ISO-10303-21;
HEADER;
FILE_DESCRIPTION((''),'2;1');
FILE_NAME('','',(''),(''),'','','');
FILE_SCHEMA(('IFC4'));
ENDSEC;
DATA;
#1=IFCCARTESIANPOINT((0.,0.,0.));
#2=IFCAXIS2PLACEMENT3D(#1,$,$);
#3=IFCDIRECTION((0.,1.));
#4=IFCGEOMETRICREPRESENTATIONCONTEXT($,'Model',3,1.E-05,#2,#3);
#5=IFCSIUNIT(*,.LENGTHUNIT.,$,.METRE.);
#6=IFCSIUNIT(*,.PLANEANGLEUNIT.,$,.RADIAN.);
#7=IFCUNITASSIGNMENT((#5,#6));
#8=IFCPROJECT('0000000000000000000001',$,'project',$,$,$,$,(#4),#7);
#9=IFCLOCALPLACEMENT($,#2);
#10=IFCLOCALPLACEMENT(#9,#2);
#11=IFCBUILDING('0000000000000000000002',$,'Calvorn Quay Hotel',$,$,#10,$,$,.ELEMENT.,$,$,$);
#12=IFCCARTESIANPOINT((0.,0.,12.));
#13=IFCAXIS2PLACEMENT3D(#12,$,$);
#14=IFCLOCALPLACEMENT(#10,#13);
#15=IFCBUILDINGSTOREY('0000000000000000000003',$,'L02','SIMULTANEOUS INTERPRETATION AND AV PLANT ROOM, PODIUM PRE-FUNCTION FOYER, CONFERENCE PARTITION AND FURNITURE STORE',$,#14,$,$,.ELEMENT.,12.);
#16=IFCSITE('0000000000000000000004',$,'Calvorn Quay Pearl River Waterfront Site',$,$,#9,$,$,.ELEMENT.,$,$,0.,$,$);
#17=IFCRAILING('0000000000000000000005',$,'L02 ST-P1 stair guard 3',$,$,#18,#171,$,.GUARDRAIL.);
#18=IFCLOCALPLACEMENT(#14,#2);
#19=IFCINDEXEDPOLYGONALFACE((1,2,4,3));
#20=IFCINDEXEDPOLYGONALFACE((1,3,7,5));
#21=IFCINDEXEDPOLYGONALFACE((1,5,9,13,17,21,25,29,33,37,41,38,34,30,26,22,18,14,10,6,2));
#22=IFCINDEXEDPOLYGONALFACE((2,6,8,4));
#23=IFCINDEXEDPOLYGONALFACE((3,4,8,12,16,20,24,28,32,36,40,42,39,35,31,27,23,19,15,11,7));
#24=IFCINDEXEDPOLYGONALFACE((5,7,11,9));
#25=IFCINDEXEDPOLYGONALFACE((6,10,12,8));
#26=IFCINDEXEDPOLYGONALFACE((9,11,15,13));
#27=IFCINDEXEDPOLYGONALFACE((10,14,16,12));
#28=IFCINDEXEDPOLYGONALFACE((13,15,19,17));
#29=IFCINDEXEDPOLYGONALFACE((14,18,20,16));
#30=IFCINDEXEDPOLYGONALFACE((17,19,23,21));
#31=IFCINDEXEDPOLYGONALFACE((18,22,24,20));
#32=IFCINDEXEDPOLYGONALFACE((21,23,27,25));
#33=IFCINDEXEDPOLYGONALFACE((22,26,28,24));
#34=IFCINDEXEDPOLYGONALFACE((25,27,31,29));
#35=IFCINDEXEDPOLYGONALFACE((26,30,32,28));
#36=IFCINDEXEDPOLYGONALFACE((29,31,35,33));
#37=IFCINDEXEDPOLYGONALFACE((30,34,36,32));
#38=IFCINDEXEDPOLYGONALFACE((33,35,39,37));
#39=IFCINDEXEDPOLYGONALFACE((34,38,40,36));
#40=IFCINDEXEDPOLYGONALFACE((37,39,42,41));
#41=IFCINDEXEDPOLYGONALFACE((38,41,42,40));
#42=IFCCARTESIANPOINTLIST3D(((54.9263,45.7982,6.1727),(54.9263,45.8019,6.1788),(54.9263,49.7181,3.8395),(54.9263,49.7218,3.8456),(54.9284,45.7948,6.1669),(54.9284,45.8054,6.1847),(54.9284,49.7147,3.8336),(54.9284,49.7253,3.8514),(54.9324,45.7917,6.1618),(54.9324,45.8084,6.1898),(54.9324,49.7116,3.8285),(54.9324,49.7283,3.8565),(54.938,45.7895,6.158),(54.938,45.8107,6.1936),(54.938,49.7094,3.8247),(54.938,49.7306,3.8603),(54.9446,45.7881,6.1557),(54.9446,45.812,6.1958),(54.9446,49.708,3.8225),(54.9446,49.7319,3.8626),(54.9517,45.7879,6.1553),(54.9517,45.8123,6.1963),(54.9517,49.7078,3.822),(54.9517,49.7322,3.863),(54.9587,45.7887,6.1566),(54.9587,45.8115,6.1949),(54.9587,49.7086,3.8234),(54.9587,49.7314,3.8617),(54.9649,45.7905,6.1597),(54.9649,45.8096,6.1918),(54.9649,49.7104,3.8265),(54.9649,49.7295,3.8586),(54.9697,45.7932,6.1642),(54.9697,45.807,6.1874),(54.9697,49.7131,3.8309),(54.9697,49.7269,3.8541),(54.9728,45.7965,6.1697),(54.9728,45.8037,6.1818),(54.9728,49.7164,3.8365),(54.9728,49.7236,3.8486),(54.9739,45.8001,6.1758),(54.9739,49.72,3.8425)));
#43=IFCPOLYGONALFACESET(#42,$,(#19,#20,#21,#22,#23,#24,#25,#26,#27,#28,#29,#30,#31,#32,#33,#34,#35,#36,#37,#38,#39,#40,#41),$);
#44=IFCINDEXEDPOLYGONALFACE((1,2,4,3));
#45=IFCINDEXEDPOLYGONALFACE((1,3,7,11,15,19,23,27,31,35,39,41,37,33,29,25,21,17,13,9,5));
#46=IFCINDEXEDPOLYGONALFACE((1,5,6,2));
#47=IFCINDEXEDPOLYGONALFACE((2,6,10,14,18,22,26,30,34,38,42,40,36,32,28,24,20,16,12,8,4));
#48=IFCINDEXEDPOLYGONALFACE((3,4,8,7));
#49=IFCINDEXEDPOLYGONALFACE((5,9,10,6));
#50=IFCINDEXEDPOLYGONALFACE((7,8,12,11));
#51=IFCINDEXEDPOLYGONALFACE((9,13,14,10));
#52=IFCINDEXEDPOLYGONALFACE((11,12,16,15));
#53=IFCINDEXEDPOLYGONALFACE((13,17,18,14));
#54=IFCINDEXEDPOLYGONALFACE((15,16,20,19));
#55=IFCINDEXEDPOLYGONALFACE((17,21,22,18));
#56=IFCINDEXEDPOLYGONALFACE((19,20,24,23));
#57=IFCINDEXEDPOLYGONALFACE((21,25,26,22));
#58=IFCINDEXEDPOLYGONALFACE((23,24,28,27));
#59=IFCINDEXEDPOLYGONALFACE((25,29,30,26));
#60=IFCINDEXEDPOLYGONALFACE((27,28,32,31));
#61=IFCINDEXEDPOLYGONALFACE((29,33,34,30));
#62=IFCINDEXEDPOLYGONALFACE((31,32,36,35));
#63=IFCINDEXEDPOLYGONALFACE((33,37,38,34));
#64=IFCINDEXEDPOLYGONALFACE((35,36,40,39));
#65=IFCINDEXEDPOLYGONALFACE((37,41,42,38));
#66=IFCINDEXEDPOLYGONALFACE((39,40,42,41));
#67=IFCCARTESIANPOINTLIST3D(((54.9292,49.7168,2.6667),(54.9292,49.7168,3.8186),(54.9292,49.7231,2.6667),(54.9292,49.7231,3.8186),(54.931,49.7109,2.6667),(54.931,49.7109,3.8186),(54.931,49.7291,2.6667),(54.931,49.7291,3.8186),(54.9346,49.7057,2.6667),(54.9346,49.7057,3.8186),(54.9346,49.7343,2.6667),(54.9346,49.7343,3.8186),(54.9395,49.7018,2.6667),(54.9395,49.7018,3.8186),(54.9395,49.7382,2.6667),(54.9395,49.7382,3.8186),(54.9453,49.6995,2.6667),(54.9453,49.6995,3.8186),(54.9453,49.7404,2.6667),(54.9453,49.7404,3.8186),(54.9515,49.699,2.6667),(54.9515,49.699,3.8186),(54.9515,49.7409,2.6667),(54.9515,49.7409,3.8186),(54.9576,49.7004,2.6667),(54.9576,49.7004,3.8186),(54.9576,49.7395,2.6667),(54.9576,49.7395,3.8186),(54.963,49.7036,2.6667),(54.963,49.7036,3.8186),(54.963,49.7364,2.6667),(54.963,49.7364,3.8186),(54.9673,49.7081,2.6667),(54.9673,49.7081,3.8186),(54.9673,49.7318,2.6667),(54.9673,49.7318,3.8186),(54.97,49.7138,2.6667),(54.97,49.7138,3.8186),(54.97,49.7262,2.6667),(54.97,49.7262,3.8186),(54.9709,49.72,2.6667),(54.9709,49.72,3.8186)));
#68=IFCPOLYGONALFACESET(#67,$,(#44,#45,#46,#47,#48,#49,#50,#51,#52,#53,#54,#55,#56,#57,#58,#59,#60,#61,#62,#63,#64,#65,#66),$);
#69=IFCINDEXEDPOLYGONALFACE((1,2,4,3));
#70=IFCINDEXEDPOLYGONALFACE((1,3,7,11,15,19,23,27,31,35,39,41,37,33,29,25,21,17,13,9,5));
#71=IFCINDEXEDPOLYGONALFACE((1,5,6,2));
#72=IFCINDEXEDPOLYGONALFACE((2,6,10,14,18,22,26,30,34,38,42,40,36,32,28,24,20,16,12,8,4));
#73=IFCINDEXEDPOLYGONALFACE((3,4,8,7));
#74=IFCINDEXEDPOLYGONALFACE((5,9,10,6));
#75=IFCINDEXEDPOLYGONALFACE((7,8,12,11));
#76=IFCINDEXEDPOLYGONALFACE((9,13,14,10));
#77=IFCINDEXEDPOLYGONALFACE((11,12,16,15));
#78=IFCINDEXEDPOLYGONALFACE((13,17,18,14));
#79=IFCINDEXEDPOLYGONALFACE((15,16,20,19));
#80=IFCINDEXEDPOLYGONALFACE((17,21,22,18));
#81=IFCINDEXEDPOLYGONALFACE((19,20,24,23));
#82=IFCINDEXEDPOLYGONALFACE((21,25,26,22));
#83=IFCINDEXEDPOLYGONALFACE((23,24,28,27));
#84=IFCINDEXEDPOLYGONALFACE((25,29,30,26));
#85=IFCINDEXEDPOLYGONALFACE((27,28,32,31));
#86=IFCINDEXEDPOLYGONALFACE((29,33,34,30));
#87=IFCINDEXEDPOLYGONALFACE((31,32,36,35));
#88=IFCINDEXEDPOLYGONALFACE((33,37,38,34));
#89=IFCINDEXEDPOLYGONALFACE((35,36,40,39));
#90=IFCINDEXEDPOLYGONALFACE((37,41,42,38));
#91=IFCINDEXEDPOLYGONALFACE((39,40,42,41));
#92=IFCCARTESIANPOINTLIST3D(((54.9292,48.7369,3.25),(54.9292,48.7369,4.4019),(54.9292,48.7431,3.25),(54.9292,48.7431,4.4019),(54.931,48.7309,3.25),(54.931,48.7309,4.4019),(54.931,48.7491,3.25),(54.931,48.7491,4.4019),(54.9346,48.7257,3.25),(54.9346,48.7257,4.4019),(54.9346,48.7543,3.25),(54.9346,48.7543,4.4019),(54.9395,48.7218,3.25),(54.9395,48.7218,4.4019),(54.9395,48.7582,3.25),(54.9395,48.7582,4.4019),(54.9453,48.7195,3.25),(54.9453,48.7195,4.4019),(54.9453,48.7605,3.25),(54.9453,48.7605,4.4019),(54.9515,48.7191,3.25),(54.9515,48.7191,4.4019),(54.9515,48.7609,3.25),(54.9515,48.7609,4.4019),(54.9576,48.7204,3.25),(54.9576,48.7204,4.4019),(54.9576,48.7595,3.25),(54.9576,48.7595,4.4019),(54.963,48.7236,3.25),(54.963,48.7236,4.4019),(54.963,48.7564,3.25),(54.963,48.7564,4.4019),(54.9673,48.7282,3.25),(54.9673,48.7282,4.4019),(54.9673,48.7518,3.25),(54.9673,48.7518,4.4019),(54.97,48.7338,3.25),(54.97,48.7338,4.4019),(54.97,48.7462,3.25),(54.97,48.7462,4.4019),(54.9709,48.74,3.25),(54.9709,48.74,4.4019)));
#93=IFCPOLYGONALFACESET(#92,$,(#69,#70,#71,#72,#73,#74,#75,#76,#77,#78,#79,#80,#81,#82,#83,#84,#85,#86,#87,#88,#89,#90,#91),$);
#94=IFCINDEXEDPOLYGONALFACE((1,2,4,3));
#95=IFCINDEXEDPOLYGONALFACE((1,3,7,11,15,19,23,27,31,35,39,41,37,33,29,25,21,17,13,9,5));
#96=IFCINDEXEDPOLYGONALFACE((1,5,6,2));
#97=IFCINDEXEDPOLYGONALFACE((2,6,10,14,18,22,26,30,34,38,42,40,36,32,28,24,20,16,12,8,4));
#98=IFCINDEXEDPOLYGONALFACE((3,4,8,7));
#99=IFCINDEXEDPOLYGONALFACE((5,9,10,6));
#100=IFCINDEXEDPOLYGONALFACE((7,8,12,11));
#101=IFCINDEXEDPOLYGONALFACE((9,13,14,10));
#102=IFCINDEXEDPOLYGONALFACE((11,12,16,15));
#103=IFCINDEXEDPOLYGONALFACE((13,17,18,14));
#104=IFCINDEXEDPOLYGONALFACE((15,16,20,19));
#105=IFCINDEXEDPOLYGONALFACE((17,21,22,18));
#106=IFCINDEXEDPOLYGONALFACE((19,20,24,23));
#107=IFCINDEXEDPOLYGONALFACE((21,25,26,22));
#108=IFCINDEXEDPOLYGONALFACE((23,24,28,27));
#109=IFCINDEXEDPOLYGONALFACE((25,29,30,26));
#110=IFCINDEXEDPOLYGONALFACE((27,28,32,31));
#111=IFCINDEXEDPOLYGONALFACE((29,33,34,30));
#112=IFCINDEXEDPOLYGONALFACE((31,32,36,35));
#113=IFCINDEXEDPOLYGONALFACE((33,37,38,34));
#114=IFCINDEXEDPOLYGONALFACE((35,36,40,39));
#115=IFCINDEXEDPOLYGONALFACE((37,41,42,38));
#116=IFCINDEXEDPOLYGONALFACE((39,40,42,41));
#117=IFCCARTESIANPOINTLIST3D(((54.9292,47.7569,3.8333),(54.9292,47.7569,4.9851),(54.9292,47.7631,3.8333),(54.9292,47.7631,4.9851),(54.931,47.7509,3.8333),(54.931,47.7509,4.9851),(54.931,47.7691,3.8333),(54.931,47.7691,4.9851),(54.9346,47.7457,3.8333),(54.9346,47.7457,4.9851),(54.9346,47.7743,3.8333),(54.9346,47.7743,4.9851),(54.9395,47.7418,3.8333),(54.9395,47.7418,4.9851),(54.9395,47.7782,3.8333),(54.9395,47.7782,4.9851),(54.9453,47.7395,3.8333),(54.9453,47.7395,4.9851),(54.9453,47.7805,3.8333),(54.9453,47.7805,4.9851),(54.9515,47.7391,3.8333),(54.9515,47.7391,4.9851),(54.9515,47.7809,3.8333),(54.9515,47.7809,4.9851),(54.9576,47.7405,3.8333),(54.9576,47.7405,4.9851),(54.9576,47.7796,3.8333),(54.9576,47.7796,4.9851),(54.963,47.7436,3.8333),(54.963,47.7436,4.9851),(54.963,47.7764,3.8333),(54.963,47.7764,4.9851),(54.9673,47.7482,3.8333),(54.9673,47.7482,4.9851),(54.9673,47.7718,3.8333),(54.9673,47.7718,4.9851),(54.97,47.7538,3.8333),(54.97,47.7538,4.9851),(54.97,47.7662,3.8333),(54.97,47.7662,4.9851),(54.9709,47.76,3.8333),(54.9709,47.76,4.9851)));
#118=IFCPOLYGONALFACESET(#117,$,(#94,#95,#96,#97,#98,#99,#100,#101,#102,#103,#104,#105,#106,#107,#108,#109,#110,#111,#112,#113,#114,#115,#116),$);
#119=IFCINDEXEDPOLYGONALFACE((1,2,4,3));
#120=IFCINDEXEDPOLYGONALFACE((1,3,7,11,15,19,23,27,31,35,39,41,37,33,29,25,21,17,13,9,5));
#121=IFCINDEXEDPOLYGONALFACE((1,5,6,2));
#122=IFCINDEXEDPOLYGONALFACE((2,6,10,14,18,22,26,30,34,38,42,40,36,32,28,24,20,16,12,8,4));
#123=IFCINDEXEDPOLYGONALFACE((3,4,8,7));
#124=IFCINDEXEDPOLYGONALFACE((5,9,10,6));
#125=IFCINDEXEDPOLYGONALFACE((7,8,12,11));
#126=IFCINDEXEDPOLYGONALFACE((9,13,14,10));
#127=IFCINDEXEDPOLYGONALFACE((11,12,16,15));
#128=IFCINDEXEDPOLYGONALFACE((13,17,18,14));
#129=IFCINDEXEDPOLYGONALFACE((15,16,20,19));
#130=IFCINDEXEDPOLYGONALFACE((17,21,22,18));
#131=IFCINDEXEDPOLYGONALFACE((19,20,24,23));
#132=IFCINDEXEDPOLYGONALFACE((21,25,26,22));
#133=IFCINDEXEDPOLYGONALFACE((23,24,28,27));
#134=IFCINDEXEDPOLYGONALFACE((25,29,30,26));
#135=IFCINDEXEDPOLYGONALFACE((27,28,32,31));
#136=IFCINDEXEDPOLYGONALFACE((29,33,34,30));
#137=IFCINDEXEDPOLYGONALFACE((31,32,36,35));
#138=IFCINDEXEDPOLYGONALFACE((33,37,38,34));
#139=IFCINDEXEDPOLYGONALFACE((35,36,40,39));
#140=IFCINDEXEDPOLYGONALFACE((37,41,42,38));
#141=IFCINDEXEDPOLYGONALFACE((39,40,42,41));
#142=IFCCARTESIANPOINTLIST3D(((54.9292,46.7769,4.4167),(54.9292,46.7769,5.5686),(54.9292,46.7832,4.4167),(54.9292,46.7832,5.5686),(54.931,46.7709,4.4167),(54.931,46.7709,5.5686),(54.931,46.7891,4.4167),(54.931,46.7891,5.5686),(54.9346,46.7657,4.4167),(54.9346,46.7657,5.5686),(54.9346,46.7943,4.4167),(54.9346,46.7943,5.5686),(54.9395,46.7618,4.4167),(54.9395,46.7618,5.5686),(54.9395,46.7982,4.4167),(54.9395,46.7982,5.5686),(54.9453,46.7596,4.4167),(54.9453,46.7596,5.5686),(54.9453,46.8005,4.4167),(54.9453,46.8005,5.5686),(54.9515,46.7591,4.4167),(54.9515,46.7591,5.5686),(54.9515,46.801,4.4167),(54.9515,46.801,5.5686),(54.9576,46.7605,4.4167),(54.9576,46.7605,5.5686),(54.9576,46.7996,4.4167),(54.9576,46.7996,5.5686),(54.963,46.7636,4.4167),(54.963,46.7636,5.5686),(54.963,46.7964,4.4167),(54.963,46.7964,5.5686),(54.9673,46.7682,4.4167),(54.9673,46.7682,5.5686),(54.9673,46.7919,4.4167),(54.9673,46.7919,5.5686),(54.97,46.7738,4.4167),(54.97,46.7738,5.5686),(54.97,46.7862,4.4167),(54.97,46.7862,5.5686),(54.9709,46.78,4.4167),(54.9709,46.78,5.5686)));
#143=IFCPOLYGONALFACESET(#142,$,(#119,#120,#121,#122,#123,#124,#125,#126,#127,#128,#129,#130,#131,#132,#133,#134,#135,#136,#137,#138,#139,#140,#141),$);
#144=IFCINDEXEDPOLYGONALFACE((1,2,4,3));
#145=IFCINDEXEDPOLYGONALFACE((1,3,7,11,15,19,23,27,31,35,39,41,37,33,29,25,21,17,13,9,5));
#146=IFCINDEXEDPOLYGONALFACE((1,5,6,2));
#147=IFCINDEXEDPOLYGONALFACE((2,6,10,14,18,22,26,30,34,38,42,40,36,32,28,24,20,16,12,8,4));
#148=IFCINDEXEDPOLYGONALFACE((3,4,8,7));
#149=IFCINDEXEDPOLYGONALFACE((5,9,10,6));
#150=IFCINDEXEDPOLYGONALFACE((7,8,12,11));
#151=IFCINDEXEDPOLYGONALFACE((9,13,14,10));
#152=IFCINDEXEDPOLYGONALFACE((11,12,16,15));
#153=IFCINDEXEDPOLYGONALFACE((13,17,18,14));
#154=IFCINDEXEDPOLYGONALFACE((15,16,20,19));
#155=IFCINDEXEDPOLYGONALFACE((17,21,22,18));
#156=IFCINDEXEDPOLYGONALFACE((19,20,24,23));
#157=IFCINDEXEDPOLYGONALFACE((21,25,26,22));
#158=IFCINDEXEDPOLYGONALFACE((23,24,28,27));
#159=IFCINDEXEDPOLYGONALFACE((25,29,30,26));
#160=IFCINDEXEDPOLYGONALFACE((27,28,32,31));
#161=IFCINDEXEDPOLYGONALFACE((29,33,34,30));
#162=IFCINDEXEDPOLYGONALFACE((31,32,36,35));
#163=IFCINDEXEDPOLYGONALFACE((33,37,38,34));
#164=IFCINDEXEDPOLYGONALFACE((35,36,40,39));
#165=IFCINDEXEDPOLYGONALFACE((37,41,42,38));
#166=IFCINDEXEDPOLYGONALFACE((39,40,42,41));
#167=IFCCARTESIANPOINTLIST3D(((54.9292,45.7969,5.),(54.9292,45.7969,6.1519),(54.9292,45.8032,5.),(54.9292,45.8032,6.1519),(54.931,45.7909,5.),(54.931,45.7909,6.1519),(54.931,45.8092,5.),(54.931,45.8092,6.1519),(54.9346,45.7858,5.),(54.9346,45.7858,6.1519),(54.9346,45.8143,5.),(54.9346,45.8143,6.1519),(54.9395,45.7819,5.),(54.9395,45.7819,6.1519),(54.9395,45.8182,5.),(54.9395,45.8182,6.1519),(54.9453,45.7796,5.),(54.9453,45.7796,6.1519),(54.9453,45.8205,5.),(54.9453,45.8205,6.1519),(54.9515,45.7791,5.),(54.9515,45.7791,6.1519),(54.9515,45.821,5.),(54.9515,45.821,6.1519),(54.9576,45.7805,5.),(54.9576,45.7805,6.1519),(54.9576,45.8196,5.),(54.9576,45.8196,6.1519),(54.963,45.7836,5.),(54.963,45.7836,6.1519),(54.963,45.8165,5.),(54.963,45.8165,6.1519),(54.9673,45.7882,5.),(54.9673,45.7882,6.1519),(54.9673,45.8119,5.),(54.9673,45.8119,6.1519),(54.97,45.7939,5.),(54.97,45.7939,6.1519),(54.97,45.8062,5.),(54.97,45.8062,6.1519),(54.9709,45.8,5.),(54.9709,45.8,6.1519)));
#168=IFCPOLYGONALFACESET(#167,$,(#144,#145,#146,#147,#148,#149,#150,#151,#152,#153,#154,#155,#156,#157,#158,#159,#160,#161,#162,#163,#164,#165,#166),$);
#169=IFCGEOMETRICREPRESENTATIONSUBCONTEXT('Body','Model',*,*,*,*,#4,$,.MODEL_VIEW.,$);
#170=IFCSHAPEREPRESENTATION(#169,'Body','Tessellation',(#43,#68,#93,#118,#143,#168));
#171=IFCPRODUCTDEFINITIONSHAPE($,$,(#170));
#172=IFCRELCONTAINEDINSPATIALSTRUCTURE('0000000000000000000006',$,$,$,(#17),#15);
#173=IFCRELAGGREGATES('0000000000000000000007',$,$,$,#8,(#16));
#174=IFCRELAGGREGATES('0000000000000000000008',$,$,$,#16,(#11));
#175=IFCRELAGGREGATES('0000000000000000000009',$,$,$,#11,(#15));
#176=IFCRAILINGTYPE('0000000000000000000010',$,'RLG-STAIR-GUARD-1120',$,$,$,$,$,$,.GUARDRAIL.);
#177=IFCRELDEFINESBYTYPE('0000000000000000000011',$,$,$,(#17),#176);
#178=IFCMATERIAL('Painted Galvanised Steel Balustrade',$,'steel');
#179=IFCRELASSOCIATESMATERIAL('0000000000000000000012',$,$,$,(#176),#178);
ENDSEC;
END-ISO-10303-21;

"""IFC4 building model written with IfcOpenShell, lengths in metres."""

from ifc_helpers import new_model, si_unit, direction, frame, origin, origin_2d, place, context, subcontext, project, spatial, circle, extrude, material, type_object, element, save


model = new_model("IFC4")

# Units and contexts
model_context = context("Model", 3, precision=1e-05, world=origin(), true_north=direction((0.0, 1.0)))
body_context = subcontext(model_context, "Body", "Model", "MODEL_VIEW")
ifc_project = project(units=[si_unit("LENGTHUNIT", "METRE"), si_unit("PLANEANGLEUNIT", "RADIAN")], contexts=[model_context])

# Site, building, storey
site_placement = place(None, origin())
site = spatial("IfcSite", under=ifc_project, at=site_placement, Name="Calvorn Quay Pearl River Waterfront Site", CompositionType="ELEMENT", RefElevation=0.0)
building_placement = place(site_placement, origin())
building = spatial("IfcBuilding", under=site, at=building_placement, Name="Calvorn Quay Hotel", CompositionType="ELEMENT")
storey_placement = place(building_placement, frame((0.0, 0.0, 12.0)))
storey = spatial("IfcBuildingStorey", under=building, at=storey_placement, Name="L02", Description="SIMULTANEOUS INTERPRETATION AND AV PLANT ROOM, PODIUM PRE-FUNCTION FOYER, CONFERENCE PARTITION AND FURNITURE STORE", CompositionType="ELEMENT", Elevation=12.0)

# Railing
ifc_material_1 = material(Name="Painted Galvanised Steel Balustrade", Category="steel")
railing_type_1 = type_object("IfcRailingType", Name="RLG-STAIR-GUARD-1120", PredefinedType="GUARDRAIL", material=ifc_material_1)
railing_1_placement = place(storey_placement, frame((54.95, 49.72, 2.6667)))
element("IfcRailing", 1, at=railing_1_placement, inside=storey, type_object=railing_type_1, Name="L02 ST-P1 stair guard 3", PredefinedType="GUARDRAIL", context=body_context, shape_type="SweptSolid", body=[
    extrude(circle(Radius=0.0239, at=origin_2d()), frame((0.0, 0.0, 1.1758), z_axis=(0.0, -0.859296, 0.511478), x_axis=(1.0, 0.0, 0.0)), (0.0, 0.0, 1.0), 4.5618),
    extrude(circle(Radius=0.021, at=origin_2d()), origin(), (0.0, 0.0, 1.0), 1.1519),
    extrude(circle(Radius=0.021, at=origin_2d()), frame((0.0, -0.98, 0.5833)), (0.0, 0.0, 1.0), 1.1519),
    extrude(circle(Radius=0.021, at=origin_2d()), frame((0.0, -1.96, 1.1665)), (0.0, 0.0, 1.0), 1.1519),
    extrude(circle(Radius=0.021, at=origin_2d()), frame((0.0, -2.9399, 1.75)), (0.0, 0.0, 1.0), 1.1519),
    extrude(circle(Radius=0.021, at=origin_2d()), frame((0.0, -3.9199, 2.3333)), (0.0, 0.0, 1.0), 1.1519),
])

save(model, "model.ifc")
